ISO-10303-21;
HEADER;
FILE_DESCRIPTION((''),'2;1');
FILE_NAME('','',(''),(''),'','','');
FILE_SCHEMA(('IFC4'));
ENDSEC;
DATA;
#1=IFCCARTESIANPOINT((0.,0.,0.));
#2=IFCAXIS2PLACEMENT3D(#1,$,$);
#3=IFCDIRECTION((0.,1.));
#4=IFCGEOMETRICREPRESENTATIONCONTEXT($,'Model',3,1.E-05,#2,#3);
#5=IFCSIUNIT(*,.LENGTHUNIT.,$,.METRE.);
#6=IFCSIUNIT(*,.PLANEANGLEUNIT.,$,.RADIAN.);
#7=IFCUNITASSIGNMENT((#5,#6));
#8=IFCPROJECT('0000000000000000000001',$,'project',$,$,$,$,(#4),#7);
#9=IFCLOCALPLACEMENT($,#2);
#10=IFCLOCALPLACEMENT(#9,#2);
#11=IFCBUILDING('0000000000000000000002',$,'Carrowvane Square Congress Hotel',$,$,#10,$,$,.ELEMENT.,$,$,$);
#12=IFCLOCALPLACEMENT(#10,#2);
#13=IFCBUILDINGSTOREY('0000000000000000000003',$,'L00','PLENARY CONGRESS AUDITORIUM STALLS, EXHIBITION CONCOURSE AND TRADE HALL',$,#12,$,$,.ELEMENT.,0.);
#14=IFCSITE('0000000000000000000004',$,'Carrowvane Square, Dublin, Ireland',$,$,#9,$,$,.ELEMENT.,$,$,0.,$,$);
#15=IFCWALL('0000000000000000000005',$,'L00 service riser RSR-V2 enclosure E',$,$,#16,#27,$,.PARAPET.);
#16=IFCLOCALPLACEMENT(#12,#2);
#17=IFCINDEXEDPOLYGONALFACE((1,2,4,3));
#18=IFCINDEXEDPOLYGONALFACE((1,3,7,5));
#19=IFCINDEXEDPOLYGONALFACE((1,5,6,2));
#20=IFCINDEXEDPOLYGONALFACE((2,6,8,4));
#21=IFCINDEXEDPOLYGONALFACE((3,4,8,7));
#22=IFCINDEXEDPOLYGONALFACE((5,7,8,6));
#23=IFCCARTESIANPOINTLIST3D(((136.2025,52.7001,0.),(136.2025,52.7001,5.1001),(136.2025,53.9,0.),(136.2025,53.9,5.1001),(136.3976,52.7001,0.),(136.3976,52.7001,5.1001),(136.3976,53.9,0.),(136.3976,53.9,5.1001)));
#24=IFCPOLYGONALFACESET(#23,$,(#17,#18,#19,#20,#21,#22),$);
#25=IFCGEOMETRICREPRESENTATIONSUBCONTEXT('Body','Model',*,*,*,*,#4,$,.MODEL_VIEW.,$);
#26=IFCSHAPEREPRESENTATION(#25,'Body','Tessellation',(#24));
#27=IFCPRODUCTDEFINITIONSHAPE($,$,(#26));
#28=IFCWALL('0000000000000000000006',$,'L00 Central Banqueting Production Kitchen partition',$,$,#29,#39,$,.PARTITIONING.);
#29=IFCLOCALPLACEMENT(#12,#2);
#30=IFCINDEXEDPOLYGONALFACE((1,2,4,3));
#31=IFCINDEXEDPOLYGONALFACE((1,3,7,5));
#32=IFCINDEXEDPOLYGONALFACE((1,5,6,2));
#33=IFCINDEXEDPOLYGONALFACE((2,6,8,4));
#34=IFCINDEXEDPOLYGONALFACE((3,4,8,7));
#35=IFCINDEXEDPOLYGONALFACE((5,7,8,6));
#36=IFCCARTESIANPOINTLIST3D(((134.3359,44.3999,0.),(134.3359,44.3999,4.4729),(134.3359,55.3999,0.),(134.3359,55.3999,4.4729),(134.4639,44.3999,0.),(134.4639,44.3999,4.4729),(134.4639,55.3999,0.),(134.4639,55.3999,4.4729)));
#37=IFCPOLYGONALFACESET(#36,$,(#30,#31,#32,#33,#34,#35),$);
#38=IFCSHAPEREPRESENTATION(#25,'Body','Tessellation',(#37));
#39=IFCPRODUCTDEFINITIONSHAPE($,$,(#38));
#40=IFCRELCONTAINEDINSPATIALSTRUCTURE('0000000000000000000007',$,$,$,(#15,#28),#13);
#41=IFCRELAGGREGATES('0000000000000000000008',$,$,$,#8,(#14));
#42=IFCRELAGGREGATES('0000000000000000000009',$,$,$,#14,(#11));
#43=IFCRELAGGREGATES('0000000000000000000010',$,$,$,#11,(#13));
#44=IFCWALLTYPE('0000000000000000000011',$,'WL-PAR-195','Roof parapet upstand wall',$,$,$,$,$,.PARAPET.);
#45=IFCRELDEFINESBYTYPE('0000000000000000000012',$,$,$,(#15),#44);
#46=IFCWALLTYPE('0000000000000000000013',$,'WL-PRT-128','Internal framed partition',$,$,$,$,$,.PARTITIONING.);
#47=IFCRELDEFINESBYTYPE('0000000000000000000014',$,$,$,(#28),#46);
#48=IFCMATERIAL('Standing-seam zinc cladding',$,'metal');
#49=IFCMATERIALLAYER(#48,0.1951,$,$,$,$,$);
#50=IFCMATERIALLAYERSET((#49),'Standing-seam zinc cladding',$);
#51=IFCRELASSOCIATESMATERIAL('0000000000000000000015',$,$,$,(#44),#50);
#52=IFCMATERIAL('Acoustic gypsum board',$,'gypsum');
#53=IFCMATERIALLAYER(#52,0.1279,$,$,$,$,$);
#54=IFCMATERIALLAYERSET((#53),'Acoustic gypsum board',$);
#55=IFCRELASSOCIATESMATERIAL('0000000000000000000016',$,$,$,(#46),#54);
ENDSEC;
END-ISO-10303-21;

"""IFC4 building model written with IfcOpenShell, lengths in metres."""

from ifc_helpers import new_model, si_unit, direction, frame, frame_2d, origin, place, context, subcontext, project, spatial, rectangle, extrude, material, layer, layer_set, type_object, element, save


model = new_model("IFC4")

# Units and contexts
model_context = context("Model", 3, precision=1e-05, world=origin(), true_north=direction((0.0, 1.0)))
body_context = subcontext(model_context, "Body", "Model", "MODEL_VIEW")
ifc_project = project(units=[si_unit("LENGTHUNIT", "METRE"), si_unit("PLANEANGLEUNIT", "RADIAN")], contexts=[model_context])

# Site, building, storey
site_placement = place(None, origin())
site = spatial("IfcSite", under=ifc_project, at=site_placement, Name="Carrowvane Square, Dublin, Ireland", CompositionType="ELEMENT", RefElevation=0.0)
building_placement = place(site_placement, origin())
building = spatial("IfcBuilding", under=site, at=building_placement, Name="Carrowvane Square Congress Hotel", CompositionType="ELEMENT")
storey_placement = place(building_placement, origin())
storey = spatial("IfcBuildingStorey", under=building, at=storey_placement, Name="L00", Description="PLENARY CONGRESS AUDITORIUM STALLS, EXHIBITION CONCOURSE AND TRADE HALL", CompositionType="ELEMENT", Elevation=0.0)

# Walls
ifc_material_1 = material(Name="Standing-seam zinc cladding", Category="metal")
ifc_layer_1 = layer(ifc_material_1, 0.1951)
ifc_layer_set_1 = layer_set([ifc_layer_1], Name="Standing-seam zinc cladding")
wall_type_1 = type_object("IfcWallType", Name="WL-PAR-195", Description="Roof parapet upstand wall", PredefinedType="PARAPET", material=ifc_layer_set_1)
for number, where, z_axis, x_axis, name in (
    (1, (136.3, 52.7, 0.0), (0.0, 0.0, 1.0), (0.0, 1.0, 0.0), "L00 service riser RSR-V2 enclosure E"),
):
    element("IfcWall", number, at=place(storey_placement, frame(where, z_axis=z_axis, x_axis=x_axis)), inside=storey, type_object=wall_type_1, Name=name, PredefinedType="PARAPET", context=body_context, shape_type="SweptSolid", body=[
        extrude(rectangle(XDim=1.2, YDim=0.1951, at=frame_2d((0.6001, 0.0))), origin(), (0.0, 0.0, 1.0), 5.1001),
    ])
ifc_material_2 = material(Name="Acoustic gypsum board", Category="gypsum")
ifc_layer_2 = layer(ifc_material_2, 0.1279)
ifc_layer_set_2 = layer_set([ifc_layer_2], Name="Acoustic gypsum board")
wall_type_2 = type_object("IfcWallType", Name="WL-PRT-128", Description="Internal framed partition", PredefinedType="PARTITIONING", material=ifc_layer_set_2)
wall_1_placement = place(storey_placement, frame((134.3999, 44.3999, 0.0), z_axis=(0.0, 0.0, 1.0), x_axis=(0.0, 1.0, 0.0)))
element("IfcWall", 2, at=wall_1_placement, inside=storey, type_object=wall_type_2, Name="L00 Central Banqueting Production Kitchen partition", PredefinedType="PARTITIONING", context=body_context, shape_type="SweptSolid", body=[
    extrude(rectangle(XDim=11.0, YDim=0.1279, at=frame_2d((5.5, 0.0))), origin(), (0.0, 0.0, 1.0), 4.4729),
])

save(model, "model.ifc")
